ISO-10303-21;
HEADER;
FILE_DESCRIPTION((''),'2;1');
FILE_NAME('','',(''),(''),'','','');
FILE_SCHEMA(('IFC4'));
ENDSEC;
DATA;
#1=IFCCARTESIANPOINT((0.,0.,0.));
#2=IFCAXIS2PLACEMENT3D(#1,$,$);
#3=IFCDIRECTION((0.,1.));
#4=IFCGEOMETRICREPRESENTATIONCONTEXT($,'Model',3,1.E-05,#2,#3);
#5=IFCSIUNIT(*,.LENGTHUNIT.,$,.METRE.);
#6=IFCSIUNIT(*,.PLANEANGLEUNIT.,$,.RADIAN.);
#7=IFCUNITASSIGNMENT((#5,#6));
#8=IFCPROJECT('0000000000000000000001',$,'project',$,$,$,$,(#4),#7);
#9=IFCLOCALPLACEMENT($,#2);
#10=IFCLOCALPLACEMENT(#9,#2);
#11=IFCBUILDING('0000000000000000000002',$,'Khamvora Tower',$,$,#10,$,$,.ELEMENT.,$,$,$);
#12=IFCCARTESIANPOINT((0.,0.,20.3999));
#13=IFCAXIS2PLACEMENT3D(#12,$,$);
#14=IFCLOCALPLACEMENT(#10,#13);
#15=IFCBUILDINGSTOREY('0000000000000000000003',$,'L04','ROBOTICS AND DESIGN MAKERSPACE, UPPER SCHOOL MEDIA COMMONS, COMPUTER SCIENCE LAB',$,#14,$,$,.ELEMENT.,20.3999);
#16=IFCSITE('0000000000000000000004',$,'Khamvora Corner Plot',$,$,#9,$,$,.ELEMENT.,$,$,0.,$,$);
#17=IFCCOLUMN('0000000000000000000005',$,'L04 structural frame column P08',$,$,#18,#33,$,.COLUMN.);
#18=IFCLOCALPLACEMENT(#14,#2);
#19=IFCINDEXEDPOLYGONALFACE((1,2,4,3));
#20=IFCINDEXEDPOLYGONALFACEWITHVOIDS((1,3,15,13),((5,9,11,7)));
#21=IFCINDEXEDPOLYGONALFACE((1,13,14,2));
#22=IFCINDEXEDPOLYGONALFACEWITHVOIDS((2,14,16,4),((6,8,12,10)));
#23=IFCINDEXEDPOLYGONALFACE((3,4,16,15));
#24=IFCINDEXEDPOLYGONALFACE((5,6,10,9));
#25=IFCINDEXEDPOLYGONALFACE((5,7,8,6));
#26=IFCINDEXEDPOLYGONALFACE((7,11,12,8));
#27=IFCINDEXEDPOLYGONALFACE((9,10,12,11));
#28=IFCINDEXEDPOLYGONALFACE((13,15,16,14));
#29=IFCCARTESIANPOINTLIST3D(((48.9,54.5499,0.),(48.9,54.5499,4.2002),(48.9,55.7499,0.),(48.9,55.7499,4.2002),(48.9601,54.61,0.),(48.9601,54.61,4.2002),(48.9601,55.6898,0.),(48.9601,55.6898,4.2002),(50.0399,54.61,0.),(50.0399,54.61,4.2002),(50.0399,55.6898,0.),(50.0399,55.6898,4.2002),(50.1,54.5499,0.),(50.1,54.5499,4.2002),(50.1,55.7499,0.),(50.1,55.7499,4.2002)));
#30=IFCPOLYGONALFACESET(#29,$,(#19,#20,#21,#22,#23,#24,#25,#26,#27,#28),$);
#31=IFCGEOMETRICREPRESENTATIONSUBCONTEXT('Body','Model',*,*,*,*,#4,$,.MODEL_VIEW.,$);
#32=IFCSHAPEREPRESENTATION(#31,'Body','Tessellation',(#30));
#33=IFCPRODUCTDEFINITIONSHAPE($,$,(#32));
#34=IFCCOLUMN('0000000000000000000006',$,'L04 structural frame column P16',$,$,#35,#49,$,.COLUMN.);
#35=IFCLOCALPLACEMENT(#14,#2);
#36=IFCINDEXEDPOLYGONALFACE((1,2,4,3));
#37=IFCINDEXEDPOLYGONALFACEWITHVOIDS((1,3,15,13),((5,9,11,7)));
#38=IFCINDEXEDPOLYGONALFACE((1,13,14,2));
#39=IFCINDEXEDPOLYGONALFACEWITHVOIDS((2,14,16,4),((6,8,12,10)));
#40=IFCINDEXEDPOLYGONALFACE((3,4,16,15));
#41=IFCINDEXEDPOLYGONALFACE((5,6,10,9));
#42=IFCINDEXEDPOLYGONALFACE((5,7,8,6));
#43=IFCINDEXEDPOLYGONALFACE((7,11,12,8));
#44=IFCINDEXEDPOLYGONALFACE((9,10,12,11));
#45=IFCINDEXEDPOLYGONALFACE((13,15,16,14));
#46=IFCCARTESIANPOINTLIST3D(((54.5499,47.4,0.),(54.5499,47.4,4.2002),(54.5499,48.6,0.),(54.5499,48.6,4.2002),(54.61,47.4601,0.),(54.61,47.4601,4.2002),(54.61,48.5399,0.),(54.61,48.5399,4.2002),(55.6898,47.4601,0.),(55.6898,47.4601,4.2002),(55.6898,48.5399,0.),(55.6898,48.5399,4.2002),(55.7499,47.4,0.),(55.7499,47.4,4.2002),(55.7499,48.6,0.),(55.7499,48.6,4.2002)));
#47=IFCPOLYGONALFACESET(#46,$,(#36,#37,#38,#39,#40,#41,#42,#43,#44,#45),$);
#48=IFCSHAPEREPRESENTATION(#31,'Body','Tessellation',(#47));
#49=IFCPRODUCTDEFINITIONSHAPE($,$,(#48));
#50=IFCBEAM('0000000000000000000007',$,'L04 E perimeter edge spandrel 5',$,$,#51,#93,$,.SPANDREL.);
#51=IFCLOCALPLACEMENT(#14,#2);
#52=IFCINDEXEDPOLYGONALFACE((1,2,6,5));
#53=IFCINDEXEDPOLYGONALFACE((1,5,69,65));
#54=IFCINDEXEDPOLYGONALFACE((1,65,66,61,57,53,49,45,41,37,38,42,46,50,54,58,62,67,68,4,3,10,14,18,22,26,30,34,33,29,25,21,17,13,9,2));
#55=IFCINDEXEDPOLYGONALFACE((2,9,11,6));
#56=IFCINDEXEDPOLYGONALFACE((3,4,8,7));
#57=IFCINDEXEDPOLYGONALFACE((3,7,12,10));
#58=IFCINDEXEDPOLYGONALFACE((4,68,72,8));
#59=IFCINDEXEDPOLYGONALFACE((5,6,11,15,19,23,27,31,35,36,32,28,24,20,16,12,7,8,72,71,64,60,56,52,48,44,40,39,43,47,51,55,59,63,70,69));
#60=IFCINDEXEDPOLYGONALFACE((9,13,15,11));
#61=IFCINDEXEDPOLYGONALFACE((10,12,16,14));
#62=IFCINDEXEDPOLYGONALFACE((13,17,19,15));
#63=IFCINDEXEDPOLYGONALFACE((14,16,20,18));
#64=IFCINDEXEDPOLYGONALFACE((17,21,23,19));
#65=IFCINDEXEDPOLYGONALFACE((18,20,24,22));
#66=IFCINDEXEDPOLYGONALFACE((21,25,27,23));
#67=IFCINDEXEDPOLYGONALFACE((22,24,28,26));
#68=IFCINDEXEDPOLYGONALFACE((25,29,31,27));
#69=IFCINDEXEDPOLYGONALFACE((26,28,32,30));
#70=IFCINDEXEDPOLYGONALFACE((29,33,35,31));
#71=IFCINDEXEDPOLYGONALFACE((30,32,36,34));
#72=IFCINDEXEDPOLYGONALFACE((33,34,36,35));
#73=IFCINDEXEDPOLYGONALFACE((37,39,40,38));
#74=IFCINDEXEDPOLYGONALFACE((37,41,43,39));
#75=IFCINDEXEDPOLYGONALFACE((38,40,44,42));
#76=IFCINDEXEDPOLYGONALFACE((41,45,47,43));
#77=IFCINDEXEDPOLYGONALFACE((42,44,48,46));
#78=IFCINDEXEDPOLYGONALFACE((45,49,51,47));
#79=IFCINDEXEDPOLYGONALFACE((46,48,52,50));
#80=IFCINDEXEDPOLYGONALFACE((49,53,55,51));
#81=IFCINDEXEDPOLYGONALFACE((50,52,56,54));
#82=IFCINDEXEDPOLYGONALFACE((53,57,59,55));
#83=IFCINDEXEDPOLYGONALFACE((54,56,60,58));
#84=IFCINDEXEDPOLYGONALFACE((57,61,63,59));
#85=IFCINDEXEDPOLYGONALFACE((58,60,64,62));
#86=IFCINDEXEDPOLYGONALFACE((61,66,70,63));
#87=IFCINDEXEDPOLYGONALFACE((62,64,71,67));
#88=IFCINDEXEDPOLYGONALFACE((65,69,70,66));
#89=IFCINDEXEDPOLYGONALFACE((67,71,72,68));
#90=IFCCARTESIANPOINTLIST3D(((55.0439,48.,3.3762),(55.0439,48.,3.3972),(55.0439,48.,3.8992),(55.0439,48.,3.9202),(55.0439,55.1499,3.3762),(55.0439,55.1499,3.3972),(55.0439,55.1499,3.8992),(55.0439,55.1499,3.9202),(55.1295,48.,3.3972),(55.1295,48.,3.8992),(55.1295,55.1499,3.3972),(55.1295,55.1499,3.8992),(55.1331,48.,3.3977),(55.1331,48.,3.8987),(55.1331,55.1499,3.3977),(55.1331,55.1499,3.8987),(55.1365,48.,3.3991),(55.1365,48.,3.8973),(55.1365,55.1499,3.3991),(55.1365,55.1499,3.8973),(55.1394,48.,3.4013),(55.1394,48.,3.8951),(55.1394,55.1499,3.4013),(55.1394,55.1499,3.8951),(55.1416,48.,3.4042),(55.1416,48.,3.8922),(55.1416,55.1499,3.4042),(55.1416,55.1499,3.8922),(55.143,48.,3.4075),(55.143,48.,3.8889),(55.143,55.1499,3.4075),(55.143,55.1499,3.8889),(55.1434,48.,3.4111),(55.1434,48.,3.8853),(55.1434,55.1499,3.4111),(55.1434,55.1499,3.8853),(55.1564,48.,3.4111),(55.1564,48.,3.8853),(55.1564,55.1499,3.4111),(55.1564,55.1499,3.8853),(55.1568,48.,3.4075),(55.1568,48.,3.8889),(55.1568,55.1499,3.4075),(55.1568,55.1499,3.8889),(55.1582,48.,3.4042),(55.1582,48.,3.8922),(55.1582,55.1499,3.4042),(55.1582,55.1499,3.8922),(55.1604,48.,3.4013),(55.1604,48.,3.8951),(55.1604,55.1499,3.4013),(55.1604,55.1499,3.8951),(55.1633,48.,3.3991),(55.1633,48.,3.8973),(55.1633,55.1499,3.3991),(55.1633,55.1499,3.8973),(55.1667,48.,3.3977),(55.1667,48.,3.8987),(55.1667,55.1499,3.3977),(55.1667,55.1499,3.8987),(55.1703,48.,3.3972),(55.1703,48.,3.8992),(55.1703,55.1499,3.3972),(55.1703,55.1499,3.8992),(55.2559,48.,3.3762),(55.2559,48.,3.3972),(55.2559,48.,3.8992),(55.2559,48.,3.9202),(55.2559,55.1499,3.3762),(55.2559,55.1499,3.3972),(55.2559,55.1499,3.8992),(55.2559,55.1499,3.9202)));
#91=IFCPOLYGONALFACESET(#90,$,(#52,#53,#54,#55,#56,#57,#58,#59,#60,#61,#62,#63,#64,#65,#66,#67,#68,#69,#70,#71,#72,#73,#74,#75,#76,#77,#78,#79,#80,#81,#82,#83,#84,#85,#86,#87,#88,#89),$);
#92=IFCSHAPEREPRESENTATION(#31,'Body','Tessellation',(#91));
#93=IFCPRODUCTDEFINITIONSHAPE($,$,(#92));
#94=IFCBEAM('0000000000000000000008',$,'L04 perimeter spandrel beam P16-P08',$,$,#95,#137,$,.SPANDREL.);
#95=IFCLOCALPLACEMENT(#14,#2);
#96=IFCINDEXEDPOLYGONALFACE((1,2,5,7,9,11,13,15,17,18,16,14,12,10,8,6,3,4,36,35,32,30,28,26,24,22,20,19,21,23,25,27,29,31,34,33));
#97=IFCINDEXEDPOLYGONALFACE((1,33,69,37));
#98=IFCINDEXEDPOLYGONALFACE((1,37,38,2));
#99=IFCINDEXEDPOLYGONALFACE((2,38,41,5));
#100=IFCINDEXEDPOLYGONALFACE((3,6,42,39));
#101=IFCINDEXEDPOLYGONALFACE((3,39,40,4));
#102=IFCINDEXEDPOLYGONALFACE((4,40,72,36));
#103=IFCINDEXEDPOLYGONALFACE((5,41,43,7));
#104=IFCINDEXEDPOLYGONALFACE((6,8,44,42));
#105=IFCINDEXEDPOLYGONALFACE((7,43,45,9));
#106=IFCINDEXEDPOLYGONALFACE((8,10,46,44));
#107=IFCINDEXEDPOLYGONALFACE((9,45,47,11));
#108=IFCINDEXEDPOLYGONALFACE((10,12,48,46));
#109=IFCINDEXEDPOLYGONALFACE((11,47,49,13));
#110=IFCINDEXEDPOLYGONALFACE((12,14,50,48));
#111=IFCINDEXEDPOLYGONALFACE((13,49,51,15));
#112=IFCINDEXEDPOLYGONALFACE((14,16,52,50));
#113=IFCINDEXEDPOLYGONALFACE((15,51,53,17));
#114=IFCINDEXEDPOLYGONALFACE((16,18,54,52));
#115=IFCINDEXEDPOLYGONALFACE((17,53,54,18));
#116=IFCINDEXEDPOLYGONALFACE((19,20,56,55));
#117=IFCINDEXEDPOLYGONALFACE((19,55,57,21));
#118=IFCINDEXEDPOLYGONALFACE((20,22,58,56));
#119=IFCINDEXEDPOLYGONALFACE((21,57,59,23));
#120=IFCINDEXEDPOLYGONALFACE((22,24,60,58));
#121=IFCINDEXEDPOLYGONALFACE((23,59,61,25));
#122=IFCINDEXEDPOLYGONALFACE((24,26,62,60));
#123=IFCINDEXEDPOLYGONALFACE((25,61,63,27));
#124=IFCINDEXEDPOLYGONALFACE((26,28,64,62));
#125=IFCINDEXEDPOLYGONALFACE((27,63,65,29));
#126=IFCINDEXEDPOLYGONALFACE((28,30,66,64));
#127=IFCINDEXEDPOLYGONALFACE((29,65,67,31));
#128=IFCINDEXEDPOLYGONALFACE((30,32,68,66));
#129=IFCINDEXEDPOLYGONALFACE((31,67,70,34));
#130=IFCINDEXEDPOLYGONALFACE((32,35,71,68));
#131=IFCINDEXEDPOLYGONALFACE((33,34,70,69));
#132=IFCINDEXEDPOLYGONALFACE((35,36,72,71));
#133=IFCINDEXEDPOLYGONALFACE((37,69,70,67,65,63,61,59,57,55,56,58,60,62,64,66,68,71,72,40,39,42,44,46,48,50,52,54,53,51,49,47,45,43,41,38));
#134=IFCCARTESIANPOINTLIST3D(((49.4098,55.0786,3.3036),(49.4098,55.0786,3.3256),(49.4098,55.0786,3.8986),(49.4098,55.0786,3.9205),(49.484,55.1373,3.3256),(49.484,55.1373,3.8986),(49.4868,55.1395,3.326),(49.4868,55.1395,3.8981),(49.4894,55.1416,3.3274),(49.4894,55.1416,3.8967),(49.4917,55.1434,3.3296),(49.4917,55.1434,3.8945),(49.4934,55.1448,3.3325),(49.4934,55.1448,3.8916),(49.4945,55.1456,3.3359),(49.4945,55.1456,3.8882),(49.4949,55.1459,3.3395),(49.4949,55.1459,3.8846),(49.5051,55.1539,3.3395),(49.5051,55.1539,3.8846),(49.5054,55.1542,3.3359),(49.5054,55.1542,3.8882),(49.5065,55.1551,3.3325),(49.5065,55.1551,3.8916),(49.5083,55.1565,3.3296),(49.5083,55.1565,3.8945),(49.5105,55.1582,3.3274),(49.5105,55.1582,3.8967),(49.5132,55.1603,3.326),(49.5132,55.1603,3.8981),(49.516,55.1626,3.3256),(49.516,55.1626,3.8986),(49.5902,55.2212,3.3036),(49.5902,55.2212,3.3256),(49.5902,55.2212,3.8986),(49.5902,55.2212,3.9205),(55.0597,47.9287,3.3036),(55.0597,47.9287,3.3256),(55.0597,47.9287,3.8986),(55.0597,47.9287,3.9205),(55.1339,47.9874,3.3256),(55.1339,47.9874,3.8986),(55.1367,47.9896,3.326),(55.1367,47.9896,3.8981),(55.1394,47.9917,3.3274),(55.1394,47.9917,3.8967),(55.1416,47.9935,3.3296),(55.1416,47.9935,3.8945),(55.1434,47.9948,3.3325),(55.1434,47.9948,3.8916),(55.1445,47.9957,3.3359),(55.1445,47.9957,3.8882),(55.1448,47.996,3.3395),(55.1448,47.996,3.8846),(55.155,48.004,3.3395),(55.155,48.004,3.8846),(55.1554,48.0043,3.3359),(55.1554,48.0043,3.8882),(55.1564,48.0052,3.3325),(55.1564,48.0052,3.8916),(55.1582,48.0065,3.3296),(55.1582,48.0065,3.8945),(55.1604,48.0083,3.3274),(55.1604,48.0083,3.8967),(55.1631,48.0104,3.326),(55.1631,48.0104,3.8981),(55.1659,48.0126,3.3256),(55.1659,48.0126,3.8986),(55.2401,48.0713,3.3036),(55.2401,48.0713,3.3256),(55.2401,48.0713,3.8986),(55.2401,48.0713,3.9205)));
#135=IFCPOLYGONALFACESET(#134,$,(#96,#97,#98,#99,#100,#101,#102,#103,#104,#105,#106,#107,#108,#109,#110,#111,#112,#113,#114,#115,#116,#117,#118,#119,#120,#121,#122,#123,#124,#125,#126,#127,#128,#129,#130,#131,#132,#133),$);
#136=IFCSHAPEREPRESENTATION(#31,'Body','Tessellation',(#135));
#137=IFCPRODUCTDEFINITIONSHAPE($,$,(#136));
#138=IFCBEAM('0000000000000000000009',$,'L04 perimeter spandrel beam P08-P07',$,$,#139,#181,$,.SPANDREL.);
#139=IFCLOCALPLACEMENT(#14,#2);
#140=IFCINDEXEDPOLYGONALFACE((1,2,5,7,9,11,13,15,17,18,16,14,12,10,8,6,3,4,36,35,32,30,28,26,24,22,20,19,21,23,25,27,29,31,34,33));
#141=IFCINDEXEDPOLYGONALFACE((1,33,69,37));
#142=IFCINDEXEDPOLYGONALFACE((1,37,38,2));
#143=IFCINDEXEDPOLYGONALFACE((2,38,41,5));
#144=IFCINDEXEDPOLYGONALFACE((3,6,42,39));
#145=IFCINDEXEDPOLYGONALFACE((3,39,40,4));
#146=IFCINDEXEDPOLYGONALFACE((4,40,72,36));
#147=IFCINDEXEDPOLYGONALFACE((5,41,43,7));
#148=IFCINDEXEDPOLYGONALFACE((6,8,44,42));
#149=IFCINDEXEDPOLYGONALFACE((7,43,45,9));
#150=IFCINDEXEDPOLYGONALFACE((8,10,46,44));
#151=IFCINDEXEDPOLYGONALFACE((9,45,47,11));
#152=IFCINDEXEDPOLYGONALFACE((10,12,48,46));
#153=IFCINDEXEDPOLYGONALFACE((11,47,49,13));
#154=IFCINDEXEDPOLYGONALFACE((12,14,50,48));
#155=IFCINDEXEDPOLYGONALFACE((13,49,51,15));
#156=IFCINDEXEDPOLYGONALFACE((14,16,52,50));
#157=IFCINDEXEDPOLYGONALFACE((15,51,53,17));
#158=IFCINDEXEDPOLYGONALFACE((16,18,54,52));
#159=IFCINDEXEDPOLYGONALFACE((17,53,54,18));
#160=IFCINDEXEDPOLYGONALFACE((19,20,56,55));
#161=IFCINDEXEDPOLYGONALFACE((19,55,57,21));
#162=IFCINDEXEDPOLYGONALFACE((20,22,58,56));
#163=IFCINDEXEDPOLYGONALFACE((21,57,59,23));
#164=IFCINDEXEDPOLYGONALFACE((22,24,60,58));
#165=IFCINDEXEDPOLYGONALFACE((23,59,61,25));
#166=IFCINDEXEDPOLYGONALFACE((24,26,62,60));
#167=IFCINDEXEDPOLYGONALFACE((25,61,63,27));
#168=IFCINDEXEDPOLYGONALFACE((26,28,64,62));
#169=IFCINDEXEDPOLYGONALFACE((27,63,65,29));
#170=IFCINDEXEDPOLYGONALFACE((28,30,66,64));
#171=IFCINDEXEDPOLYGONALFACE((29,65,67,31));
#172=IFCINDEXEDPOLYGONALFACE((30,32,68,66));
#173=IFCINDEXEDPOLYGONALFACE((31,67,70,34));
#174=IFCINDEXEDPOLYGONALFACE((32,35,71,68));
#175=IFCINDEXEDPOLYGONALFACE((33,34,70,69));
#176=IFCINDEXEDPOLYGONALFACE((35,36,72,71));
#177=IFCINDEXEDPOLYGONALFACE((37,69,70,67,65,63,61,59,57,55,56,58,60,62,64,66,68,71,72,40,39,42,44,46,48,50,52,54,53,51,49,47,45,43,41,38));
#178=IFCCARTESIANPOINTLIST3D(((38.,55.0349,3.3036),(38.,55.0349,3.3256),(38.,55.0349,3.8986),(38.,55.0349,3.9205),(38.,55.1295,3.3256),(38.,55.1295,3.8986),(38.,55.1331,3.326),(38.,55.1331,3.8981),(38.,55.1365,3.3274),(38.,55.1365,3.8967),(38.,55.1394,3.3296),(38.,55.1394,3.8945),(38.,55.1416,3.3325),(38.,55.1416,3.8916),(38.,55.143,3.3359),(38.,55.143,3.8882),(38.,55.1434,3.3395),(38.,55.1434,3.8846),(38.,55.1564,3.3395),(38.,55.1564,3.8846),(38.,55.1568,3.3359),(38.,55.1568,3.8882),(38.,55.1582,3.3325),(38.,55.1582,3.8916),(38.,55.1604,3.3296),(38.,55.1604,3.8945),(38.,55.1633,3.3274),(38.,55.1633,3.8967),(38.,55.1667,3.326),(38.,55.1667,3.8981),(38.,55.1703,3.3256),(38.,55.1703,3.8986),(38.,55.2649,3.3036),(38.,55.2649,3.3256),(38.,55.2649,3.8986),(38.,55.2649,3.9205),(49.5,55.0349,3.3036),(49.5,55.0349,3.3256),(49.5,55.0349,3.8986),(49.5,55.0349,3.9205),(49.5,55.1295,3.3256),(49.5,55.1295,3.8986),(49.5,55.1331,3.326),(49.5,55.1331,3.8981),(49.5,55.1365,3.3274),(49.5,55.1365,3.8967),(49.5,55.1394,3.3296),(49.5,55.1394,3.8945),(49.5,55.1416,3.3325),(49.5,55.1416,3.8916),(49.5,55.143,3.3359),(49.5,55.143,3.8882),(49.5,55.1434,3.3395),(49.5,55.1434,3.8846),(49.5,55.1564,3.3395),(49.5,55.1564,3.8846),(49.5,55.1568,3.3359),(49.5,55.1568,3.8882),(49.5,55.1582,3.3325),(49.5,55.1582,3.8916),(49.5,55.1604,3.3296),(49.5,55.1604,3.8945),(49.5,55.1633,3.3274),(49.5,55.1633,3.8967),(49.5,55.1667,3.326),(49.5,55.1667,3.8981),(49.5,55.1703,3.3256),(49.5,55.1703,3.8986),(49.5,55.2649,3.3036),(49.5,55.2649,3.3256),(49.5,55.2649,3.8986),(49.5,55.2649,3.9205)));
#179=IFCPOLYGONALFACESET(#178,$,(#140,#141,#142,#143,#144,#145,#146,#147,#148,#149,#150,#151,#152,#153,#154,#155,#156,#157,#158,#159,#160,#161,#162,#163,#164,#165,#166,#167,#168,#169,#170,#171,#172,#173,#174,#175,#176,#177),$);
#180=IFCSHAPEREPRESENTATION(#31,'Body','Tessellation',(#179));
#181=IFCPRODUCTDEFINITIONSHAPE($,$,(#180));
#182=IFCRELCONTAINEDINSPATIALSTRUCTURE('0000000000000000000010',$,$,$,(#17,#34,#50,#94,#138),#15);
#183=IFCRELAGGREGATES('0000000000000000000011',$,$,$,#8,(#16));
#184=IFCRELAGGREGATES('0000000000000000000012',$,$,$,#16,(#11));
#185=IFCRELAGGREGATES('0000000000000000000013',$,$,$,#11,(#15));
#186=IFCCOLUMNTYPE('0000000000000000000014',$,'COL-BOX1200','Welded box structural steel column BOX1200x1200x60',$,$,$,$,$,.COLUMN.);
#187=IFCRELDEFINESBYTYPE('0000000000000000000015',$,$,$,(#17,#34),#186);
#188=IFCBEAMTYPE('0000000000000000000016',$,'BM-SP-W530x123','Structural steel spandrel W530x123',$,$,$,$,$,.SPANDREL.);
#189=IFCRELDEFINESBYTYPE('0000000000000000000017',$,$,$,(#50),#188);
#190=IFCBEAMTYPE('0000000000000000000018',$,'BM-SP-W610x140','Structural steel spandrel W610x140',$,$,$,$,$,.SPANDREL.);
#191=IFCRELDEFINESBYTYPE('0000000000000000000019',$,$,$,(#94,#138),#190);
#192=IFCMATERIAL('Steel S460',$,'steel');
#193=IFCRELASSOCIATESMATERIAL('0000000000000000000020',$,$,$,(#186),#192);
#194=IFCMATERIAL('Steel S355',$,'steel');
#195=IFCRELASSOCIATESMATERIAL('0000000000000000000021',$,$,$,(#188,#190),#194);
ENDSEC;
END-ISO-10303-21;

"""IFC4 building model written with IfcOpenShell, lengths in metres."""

from ifc_helpers import new_model, si_unit, direction, frame, origin, origin_2d, place, context, subcontext, project, spatial, hollow_rectangle, i_section, extrude, material, material_profile, profile_set, type_object, element, save


model = new_model("IFC4")

# Units and contexts
model_context = context("Model", 3, precision=1e-05, world=origin(), true_north=direction((0.0, 1.0)))
body_context = subcontext(model_context, "Body", "Model", "MODEL_VIEW")
ifc_project = project(units=[si_unit("LENGTHUNIT", "METRE"), si_unit("PLANEANGLEUNIT", "RADIAN")], contexts=[model_context])

# Site, building, storey
site_placement = place(None, origin())
site = spatial("IfcSite", under=ifc_project, at=site_placement, Name="Khamvora Corner Plot", CompositionType="ELEMENT", RefElevation=0.0)
building_placement = place(site_placement, origin())
building = spatial("IfcBuilding", under=site, at=building_placement, Name="Khamvora Tower", CompositionType="ELEMENT")
storey_placement = place(building_placement, frame((0.0, 0.0, 20.3999)))
storey = spatial("IfcBuildingStorey", under=building, at=storey_placement, Name="L04", Description="ROBOTICS AND DESIGN MAKERSPACE, UPPER SCHOOL MEDIA COMMONS, COMPUTER SCIENCE LAB", CompositionType="ELEMENT", Elevation=20.3999)

# Columns
ifc_material_1 = material(Name="Steel S460", Category="steel")
ifc_material_profile_1 = material_profile(ifc_material_1, hollow_rectangle(XDim=1.2, YDim=1.2, WallThickness=0.0601, at=origin_2d()), Name="BOX1200x1200x60")
ifc_profile_set_1 = profile_set([ifc_material_profile_1], Name="Steel S460")
column_type = type_object("IfcColumnType", Name="COL-BOX1200", Description="Welded box structural steel column BOX1200x1200x60", PredefinedType="COLUMN", material=ifc_profile_set_1)
for number, where, z_axis, x_axis, name in (
    (1, (49.5, 55.1499, 0.0), (0.0, 0.0, 1.0), (1.0, 0.0, 0.0), "L04 structural frame column P08"),
    (2, (55.1499, 48.0, 0.0), (0.0, 0.0, 1.0), (1.0, 0.0, 0.0), "L04 structural frame column P16"),
):
    element("IfcColumn", number, at=place(storey_placement, frame(where, z_axis=z_axis, x_axis=x_axis)), inside=storey, type_object=column_type, Name=name, PredefinedType="COLUMN", context=body_context, shape_type="SweptSolid", body=[
        extrude(hollow_rectangle(XDim=1.2, YDim=1.2, WallThickness=0.0601, at=origin_2d()), origin(), (0.0, 0.0, 1.0), 4.2002),
    ])

# Beams
ifc_material_2 = material(Name="Steel S355", Category="steel")
ifc_material_profile_2 = material_profile(ifc_material_2, i_section(OverallWidth=0.2119, OverallDepth=0.5439, WebThickness=0.0129, FlangeThickness=0.021, FilletRadius=0.0139, at=origin_2d()), Name="W530x123")
ifc_profile_set_2 = profile_set([ifc_material_profile_2], Name="Steel S355")
beam_type_1 = type_object("IfcBeamType", Name="BM-SP-W530x123", Description="Structural steel spandrel W530x123", PredefinedType="SPANDREL", material=ifc_profile_set_2)
beam_1_placement = place(storey_placement, frame((55.1499, 48.0, 3.6482), z_axis=(0.0, 1.0, 0.0), x_axis=(-1.0, 0.0, 0.0)))
element("IfcBeam", 3, at=beam_1_placement, inside=storey, type_object=beam_type_1, Name="L04 E perimeter edge spandrel 5", PredefinedType="SPANDREL", context=body_context, shape_type="SweptSolid", body=[
    extrude(i_section(OverallWidth=0.2119, OverallDepth=0.5439, WebThickness=0.0129, FlangeThickness=0.021, FilletRadius=0.0139, at=origin_2d()), origin(), (0.0, 0.0, 1.0), 7.1499),
])
ifc_material_profile_3 = material_profile(ifc_material_2, i_section(OverallWidth=0.23, OverallDepth=0.6169, WebThickness=0.0129, FlangeThickness=0.022, FilletRadius=0.0139, at=origin_2d()), Name="W610x140")
ifc_profile_set_3 = profile_set([ifc_material_profile_3], Name="Steel S355")
beam_type_2 = type_object("IfcBeamType", Name="BM-SP-W610x140", Description="Structural steel spandrel W610x140", PredefinedType="SPANDREL", material=ifc_profile_set_3)
beam_2_placement = place(storey_placement, frame((55.1499, 48.0, 3.6121), z_axis=(-0.619999, 0.784603, 0.0), x_axis=(-0.784603, -0.619999, 0.0)))
element("IfcBeam", 4, at=beam_2_placement, inside=storey, type_object=beam_type_2, Name="L04 perimeter spandrel beam P16-P08", PredefinedType="SPANDREL", context=body_context, shape_type="SweptSolid", body=[
    extrude(i_section(OverallWidth=0.23, OverallDepth=0.6169, WebThickness=0.0129, FlangeThickness=0.022, FilletRadius=0.0139, at=origin_2d()), origin(), (0.0, 0.0, 1.0), 9.1128),
])
beam_3_placement = place(storey_placement, frame((49.5, 55.1499, 3.6121), z_axis=(-1.0, 0.0, 0.0), x_axis=(0.0, -1.0, 0.0)))
element("IfcBeam", 5, at=beam_3_placement, inside=storey, type_object=beam_type_2, Name="L04 perimeter spandrel beam P08-P07", PredefinedType="SPANDREL", context=body_context, shape_type="SweptSolid", body=[
    extrude(i_section(OverallWidth=0.23, OverallDepth=0.6169, WebThickness=0.0129, FlangeThickness=0.022, FilletRadius=0.0139, at=origin_2d()), origin(), (0.0, 0.0, 1.0), 11.5),
])

save(model, "model.ifc")
